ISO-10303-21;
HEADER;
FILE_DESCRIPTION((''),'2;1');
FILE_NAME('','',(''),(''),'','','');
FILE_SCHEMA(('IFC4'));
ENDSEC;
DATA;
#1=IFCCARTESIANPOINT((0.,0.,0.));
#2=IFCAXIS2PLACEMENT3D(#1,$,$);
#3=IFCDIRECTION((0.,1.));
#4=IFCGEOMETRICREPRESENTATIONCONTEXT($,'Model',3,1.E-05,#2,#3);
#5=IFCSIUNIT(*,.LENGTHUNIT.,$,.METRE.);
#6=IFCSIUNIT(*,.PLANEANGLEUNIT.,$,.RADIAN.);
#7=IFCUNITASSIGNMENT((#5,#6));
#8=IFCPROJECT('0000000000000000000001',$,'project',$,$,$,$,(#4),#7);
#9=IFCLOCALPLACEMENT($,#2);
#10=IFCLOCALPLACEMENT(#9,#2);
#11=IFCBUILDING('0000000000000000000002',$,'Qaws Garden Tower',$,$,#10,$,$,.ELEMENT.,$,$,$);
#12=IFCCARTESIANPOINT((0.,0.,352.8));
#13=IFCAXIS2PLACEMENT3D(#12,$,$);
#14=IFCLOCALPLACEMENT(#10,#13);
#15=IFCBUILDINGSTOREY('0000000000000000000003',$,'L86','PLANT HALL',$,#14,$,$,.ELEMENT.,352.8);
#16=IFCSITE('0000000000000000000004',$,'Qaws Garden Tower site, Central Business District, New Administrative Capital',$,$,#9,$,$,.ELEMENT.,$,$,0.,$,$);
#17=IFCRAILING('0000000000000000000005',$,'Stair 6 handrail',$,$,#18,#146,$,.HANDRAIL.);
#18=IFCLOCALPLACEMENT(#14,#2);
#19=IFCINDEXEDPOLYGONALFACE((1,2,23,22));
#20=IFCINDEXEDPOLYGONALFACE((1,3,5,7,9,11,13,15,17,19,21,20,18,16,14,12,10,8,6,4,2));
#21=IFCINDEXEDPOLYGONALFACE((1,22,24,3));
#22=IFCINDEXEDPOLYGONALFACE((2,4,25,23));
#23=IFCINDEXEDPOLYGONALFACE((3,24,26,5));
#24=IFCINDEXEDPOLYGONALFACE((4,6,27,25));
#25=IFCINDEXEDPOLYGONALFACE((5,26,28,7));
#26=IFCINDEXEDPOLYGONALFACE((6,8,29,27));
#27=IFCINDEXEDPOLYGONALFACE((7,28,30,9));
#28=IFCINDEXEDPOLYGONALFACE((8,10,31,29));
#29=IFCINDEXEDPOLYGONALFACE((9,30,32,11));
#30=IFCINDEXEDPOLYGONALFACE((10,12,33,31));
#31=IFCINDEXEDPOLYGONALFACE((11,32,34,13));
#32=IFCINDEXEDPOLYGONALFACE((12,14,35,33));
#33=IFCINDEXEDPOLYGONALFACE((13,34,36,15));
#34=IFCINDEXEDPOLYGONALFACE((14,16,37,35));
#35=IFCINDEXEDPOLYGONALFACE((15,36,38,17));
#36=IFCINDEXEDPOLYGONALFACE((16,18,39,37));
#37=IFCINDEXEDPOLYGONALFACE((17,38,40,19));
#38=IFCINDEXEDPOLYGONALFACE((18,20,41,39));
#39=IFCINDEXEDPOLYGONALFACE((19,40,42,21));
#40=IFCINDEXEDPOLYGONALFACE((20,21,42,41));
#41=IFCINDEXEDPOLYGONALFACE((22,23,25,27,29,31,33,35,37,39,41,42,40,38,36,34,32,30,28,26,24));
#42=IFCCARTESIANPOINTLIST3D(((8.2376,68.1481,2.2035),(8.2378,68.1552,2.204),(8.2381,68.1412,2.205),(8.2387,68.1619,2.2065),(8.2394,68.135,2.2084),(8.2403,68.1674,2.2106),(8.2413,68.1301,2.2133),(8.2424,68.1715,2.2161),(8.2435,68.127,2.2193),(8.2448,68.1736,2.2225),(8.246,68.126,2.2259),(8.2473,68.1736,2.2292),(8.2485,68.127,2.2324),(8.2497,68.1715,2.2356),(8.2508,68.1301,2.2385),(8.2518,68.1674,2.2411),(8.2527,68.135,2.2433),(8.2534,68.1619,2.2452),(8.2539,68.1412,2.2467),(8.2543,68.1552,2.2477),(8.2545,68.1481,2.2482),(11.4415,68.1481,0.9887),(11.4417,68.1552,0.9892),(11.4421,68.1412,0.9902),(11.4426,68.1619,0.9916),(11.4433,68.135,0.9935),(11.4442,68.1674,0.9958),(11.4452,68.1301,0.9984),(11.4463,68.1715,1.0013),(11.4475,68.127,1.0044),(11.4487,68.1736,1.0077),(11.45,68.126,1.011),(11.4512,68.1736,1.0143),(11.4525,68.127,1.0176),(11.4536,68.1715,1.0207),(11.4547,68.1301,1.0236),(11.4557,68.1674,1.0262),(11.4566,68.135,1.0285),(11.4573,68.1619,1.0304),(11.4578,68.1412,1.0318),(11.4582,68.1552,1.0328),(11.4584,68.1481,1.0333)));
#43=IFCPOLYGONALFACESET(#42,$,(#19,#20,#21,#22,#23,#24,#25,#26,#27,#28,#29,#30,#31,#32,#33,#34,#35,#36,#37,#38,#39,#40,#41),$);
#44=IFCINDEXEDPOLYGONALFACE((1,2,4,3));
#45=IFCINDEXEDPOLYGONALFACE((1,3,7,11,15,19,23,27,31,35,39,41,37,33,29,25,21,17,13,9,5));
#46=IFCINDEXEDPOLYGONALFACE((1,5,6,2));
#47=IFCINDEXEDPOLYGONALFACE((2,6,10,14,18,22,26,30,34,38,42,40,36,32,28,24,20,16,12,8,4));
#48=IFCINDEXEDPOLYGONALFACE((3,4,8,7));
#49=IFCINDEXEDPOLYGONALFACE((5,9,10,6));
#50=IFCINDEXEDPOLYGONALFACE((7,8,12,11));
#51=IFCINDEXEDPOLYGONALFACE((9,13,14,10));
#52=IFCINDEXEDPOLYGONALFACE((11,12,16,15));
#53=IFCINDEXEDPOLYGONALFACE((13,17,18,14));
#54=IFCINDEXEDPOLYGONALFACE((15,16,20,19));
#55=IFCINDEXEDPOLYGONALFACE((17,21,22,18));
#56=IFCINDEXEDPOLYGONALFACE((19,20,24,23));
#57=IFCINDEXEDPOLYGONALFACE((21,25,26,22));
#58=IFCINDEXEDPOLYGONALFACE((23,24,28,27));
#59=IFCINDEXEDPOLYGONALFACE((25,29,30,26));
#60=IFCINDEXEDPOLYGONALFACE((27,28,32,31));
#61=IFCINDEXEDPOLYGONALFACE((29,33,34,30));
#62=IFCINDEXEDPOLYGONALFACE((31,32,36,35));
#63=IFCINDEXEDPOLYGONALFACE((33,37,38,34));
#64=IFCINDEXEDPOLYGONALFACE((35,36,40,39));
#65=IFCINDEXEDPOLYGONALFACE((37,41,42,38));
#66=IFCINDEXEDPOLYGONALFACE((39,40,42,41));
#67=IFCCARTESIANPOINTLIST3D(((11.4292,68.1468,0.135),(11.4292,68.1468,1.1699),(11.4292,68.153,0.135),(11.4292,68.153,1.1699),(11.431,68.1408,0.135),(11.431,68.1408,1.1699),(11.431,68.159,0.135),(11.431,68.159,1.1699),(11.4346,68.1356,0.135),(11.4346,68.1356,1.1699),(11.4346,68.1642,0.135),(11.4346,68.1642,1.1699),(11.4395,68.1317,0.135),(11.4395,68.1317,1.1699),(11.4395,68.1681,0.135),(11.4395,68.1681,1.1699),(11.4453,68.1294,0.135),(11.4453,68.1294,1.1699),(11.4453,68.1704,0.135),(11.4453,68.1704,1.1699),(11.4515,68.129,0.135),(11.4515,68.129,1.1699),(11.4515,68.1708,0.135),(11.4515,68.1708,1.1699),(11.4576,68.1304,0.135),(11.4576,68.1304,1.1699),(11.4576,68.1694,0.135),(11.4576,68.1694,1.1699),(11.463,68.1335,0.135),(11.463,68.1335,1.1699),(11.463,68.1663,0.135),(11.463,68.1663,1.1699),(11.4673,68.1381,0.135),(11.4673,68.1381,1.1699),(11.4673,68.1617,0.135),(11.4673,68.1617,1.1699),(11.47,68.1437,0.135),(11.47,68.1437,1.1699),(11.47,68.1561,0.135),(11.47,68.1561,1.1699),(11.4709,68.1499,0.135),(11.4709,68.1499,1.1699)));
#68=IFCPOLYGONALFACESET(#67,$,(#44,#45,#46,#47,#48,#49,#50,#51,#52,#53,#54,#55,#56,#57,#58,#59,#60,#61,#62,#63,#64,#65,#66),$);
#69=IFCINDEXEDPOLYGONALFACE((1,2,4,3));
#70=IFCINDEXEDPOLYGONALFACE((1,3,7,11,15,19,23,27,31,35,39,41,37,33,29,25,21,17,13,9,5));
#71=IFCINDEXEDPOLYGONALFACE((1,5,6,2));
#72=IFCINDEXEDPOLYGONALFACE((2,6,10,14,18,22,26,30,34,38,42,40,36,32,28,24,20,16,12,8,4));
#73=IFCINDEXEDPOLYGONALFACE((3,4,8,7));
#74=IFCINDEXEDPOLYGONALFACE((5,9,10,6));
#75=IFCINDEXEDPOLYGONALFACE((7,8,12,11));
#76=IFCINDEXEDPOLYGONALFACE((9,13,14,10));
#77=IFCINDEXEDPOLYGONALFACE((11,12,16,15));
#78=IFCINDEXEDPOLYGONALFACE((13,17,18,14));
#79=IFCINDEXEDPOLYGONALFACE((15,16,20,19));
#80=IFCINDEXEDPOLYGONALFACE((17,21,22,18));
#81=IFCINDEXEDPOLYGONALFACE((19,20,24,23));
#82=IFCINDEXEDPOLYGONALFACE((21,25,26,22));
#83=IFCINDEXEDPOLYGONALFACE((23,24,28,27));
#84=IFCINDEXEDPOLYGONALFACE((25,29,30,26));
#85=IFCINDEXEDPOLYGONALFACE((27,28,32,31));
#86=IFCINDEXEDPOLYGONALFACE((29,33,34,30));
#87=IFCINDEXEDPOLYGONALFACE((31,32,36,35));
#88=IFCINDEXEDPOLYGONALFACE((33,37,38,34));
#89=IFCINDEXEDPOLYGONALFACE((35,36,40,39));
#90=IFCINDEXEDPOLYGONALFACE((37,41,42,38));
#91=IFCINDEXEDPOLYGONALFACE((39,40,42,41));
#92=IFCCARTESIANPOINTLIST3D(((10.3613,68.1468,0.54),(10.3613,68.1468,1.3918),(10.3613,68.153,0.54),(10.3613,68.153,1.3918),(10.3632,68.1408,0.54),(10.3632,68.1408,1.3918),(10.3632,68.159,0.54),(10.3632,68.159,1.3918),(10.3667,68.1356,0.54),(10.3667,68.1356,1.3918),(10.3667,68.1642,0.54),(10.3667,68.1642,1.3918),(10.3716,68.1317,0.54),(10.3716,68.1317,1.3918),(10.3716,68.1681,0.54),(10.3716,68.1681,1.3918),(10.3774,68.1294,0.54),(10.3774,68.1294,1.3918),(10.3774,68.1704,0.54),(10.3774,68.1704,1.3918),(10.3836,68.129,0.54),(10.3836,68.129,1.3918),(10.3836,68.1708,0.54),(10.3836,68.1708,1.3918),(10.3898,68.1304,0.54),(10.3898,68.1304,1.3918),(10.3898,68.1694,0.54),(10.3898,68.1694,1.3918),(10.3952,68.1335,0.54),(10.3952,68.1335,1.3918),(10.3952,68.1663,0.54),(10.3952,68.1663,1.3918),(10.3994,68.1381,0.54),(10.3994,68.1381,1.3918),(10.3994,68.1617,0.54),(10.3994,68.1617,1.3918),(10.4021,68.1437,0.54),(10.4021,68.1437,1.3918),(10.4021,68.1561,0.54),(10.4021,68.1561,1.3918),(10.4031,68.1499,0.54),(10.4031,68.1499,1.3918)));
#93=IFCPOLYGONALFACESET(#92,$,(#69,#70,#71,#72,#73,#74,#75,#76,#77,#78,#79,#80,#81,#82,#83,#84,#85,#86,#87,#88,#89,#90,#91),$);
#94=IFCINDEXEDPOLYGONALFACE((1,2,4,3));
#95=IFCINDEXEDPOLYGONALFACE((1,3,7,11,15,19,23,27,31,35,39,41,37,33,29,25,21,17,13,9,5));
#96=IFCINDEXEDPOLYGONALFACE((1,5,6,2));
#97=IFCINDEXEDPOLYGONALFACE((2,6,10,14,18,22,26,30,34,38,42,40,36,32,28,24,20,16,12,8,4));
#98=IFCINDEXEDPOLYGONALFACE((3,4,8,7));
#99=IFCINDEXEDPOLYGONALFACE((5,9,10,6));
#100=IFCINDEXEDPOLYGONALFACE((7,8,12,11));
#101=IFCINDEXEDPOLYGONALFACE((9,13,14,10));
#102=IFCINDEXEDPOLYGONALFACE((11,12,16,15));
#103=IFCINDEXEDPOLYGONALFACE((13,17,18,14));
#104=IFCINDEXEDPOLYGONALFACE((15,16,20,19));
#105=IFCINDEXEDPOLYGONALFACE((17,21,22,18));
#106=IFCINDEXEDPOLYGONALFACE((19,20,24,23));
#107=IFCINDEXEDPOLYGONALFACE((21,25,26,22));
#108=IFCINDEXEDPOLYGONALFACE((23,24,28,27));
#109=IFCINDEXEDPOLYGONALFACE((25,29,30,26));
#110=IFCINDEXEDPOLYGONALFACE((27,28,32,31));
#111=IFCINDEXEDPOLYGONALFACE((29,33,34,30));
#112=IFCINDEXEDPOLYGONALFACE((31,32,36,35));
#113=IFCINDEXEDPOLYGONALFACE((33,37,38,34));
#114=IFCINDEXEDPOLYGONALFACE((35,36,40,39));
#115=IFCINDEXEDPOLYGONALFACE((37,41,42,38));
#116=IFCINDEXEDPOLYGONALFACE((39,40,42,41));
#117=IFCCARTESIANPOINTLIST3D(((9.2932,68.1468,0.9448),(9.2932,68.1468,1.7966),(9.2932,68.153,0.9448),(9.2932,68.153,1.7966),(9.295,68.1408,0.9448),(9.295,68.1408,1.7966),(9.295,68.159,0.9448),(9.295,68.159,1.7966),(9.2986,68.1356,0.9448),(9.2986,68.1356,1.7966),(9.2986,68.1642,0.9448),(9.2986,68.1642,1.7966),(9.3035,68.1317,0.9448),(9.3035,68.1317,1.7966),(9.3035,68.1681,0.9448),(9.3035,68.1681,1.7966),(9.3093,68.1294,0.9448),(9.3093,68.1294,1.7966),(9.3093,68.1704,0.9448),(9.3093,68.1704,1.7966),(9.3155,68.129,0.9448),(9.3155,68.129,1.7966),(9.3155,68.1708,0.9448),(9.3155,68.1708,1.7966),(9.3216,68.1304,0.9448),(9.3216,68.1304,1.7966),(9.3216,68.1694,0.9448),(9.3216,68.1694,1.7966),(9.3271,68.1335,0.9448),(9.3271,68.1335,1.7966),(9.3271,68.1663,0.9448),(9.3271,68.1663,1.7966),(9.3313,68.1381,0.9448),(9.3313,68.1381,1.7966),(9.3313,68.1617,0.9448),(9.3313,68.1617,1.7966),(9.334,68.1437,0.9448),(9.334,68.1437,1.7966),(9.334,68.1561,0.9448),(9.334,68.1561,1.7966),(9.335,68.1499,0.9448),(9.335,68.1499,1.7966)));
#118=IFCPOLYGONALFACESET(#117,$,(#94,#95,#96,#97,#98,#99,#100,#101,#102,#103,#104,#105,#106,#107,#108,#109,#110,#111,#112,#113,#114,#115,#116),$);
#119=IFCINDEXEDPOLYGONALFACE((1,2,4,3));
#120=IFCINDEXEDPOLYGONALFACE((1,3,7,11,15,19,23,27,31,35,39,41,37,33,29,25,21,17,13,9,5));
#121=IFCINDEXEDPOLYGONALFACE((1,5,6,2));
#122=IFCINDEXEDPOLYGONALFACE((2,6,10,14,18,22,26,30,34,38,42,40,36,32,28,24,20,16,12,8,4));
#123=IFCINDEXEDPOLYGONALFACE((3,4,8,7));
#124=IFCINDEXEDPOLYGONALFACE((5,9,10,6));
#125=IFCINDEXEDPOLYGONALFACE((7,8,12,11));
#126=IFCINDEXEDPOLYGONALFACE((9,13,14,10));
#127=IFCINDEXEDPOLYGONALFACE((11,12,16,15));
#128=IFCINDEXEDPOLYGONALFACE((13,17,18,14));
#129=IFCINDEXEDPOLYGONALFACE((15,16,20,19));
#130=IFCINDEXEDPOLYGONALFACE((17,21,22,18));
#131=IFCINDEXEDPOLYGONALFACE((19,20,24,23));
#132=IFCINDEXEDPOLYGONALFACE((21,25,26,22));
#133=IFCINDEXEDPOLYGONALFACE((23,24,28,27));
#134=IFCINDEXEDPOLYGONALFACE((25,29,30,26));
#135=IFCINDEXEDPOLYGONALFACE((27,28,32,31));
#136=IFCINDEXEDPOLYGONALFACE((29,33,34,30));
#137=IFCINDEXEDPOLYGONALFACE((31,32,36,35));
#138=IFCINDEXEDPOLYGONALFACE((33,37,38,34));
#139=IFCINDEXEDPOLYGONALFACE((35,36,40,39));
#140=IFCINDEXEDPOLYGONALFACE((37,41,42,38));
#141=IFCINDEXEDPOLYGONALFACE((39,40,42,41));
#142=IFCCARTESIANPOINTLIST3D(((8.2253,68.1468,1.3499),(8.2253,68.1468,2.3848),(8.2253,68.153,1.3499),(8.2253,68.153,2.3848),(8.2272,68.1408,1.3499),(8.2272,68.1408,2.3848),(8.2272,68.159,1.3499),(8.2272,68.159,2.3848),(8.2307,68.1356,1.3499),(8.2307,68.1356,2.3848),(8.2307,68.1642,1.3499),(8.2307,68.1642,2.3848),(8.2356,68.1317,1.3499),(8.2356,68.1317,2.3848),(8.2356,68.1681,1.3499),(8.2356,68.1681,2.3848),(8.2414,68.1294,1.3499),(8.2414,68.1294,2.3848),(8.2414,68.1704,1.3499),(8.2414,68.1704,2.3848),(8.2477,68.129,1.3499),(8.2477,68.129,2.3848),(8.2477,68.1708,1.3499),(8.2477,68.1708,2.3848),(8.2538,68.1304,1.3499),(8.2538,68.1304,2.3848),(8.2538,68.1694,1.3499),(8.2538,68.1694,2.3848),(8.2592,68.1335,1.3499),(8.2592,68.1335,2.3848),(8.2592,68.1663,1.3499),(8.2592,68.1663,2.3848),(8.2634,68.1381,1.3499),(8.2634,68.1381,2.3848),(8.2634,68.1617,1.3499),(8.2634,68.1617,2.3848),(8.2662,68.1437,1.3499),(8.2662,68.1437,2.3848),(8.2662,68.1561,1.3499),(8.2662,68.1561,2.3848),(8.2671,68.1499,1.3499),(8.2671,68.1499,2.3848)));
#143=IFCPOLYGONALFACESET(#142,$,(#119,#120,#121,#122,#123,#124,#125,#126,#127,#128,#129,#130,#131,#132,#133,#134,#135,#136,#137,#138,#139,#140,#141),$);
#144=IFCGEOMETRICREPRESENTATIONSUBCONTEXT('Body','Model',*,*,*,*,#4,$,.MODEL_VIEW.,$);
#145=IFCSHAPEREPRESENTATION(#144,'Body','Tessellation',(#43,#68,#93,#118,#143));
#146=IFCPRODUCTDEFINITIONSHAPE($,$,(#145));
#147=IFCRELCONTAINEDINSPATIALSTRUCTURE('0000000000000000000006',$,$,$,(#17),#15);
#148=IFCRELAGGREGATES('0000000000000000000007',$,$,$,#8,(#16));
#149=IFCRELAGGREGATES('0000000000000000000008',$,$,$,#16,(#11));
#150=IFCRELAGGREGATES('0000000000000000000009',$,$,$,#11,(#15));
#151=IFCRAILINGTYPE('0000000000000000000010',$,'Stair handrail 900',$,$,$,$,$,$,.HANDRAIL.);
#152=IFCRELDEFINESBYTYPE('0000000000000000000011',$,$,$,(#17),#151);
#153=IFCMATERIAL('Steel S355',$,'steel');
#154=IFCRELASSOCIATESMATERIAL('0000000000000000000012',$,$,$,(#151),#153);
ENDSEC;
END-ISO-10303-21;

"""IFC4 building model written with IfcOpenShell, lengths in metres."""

from ifc_helpers import new_model, si_unit, direction, frame, origin, origin_2d, place, context, subcontext, project, spatial, circle, extrude, material, type_object, element, save


model = new_model("IFC4")

# Units and contexts
model_context = context("Model", 3, precision=1e-05, world=origin(), true_north=direction((0.0, 1.0)))
body_context = subcontext(model_context, "Body", "Model", "MODEL_VIEW")
ifc_project = project(units=[si_unit("LENGTHUNIT", "METRE"), si_unit("PLANEANGLEUNIT", "RADIAN")], contexts=[model_context])

# Site, building, storey
site_placement = place(None, origin())
site = spatial("IfcSite", under=ifc_project, at=site_placement, Name="Qaws Garden Tower site, Central Business District, New Administrative Capital", CompositionType="ELEMENT", RefElevation=0.0)
building_placement = place(site_placement, origin())
building = spatial("IfcBuilding", under=site, at=building_placement, Name="Qaws Garden Tower", CompositionType="ELEMENT")
storey_placement = place(building_placement, frame((0.0, 0.0, 352.8)))
storey = spatial("IfcBuildingStorey", under=building, at=storey_placement, Name="L86", Description="PLANT HALL", CompositionType="ELEMENT", Elevation=352.8)

# Railing
ifc_material_1 = material(Name="Steel S355", Category="steel")
railing_type = type_object("IfcRailingType", Name="Stair handrail 900", PredefinedType="HANDRAIL", material=ifc_material_1)
railing_1_placement = place(storey_placement, frame((11.45, 68.1499, 0.135)))
element("IfcRailing", 1, at=railing_1_placement, inside=storey, type_object=railing_type, Name="Stair 6 handrail", PredefinedType="HANDRAIL", context=body_context, shape_type="SweptSolid", body=[
    extrude(circle(Radius=0.0239, at=origin_2d()), frame((0.0, 0.0, 0.876), z_axis=(-0.935037, 0.0, 0.354549), x_axis=(0.0, -1.0, 0.0)), (0.0, 0.0, 1.0), 3.4265),
    extrude(circle(Radius=0.021, at=origin_2d()), origin(), (0.0, 0.0, 1.0), 1.0349),
    extrude(circle(Radius=0.021, at=origin_2d()), frame((-1.0679, 0.0, 0.405)), (0.0, 0.0, 1.0), 0.8518),
    extrude(circle(Radius=0.021, at=origin_2d()), frame((-2.136, 0.0, 0.8098)), (0.0, 0.0, 1.0), 0.8518),
    extrude(circle(Radius=0.021, at=origin_2d()), frame((-3.2039, 0.0, 1.2148)), (0.0, 0.0, 1.0), 1.0349),
])

save(model, "model.ifc")
